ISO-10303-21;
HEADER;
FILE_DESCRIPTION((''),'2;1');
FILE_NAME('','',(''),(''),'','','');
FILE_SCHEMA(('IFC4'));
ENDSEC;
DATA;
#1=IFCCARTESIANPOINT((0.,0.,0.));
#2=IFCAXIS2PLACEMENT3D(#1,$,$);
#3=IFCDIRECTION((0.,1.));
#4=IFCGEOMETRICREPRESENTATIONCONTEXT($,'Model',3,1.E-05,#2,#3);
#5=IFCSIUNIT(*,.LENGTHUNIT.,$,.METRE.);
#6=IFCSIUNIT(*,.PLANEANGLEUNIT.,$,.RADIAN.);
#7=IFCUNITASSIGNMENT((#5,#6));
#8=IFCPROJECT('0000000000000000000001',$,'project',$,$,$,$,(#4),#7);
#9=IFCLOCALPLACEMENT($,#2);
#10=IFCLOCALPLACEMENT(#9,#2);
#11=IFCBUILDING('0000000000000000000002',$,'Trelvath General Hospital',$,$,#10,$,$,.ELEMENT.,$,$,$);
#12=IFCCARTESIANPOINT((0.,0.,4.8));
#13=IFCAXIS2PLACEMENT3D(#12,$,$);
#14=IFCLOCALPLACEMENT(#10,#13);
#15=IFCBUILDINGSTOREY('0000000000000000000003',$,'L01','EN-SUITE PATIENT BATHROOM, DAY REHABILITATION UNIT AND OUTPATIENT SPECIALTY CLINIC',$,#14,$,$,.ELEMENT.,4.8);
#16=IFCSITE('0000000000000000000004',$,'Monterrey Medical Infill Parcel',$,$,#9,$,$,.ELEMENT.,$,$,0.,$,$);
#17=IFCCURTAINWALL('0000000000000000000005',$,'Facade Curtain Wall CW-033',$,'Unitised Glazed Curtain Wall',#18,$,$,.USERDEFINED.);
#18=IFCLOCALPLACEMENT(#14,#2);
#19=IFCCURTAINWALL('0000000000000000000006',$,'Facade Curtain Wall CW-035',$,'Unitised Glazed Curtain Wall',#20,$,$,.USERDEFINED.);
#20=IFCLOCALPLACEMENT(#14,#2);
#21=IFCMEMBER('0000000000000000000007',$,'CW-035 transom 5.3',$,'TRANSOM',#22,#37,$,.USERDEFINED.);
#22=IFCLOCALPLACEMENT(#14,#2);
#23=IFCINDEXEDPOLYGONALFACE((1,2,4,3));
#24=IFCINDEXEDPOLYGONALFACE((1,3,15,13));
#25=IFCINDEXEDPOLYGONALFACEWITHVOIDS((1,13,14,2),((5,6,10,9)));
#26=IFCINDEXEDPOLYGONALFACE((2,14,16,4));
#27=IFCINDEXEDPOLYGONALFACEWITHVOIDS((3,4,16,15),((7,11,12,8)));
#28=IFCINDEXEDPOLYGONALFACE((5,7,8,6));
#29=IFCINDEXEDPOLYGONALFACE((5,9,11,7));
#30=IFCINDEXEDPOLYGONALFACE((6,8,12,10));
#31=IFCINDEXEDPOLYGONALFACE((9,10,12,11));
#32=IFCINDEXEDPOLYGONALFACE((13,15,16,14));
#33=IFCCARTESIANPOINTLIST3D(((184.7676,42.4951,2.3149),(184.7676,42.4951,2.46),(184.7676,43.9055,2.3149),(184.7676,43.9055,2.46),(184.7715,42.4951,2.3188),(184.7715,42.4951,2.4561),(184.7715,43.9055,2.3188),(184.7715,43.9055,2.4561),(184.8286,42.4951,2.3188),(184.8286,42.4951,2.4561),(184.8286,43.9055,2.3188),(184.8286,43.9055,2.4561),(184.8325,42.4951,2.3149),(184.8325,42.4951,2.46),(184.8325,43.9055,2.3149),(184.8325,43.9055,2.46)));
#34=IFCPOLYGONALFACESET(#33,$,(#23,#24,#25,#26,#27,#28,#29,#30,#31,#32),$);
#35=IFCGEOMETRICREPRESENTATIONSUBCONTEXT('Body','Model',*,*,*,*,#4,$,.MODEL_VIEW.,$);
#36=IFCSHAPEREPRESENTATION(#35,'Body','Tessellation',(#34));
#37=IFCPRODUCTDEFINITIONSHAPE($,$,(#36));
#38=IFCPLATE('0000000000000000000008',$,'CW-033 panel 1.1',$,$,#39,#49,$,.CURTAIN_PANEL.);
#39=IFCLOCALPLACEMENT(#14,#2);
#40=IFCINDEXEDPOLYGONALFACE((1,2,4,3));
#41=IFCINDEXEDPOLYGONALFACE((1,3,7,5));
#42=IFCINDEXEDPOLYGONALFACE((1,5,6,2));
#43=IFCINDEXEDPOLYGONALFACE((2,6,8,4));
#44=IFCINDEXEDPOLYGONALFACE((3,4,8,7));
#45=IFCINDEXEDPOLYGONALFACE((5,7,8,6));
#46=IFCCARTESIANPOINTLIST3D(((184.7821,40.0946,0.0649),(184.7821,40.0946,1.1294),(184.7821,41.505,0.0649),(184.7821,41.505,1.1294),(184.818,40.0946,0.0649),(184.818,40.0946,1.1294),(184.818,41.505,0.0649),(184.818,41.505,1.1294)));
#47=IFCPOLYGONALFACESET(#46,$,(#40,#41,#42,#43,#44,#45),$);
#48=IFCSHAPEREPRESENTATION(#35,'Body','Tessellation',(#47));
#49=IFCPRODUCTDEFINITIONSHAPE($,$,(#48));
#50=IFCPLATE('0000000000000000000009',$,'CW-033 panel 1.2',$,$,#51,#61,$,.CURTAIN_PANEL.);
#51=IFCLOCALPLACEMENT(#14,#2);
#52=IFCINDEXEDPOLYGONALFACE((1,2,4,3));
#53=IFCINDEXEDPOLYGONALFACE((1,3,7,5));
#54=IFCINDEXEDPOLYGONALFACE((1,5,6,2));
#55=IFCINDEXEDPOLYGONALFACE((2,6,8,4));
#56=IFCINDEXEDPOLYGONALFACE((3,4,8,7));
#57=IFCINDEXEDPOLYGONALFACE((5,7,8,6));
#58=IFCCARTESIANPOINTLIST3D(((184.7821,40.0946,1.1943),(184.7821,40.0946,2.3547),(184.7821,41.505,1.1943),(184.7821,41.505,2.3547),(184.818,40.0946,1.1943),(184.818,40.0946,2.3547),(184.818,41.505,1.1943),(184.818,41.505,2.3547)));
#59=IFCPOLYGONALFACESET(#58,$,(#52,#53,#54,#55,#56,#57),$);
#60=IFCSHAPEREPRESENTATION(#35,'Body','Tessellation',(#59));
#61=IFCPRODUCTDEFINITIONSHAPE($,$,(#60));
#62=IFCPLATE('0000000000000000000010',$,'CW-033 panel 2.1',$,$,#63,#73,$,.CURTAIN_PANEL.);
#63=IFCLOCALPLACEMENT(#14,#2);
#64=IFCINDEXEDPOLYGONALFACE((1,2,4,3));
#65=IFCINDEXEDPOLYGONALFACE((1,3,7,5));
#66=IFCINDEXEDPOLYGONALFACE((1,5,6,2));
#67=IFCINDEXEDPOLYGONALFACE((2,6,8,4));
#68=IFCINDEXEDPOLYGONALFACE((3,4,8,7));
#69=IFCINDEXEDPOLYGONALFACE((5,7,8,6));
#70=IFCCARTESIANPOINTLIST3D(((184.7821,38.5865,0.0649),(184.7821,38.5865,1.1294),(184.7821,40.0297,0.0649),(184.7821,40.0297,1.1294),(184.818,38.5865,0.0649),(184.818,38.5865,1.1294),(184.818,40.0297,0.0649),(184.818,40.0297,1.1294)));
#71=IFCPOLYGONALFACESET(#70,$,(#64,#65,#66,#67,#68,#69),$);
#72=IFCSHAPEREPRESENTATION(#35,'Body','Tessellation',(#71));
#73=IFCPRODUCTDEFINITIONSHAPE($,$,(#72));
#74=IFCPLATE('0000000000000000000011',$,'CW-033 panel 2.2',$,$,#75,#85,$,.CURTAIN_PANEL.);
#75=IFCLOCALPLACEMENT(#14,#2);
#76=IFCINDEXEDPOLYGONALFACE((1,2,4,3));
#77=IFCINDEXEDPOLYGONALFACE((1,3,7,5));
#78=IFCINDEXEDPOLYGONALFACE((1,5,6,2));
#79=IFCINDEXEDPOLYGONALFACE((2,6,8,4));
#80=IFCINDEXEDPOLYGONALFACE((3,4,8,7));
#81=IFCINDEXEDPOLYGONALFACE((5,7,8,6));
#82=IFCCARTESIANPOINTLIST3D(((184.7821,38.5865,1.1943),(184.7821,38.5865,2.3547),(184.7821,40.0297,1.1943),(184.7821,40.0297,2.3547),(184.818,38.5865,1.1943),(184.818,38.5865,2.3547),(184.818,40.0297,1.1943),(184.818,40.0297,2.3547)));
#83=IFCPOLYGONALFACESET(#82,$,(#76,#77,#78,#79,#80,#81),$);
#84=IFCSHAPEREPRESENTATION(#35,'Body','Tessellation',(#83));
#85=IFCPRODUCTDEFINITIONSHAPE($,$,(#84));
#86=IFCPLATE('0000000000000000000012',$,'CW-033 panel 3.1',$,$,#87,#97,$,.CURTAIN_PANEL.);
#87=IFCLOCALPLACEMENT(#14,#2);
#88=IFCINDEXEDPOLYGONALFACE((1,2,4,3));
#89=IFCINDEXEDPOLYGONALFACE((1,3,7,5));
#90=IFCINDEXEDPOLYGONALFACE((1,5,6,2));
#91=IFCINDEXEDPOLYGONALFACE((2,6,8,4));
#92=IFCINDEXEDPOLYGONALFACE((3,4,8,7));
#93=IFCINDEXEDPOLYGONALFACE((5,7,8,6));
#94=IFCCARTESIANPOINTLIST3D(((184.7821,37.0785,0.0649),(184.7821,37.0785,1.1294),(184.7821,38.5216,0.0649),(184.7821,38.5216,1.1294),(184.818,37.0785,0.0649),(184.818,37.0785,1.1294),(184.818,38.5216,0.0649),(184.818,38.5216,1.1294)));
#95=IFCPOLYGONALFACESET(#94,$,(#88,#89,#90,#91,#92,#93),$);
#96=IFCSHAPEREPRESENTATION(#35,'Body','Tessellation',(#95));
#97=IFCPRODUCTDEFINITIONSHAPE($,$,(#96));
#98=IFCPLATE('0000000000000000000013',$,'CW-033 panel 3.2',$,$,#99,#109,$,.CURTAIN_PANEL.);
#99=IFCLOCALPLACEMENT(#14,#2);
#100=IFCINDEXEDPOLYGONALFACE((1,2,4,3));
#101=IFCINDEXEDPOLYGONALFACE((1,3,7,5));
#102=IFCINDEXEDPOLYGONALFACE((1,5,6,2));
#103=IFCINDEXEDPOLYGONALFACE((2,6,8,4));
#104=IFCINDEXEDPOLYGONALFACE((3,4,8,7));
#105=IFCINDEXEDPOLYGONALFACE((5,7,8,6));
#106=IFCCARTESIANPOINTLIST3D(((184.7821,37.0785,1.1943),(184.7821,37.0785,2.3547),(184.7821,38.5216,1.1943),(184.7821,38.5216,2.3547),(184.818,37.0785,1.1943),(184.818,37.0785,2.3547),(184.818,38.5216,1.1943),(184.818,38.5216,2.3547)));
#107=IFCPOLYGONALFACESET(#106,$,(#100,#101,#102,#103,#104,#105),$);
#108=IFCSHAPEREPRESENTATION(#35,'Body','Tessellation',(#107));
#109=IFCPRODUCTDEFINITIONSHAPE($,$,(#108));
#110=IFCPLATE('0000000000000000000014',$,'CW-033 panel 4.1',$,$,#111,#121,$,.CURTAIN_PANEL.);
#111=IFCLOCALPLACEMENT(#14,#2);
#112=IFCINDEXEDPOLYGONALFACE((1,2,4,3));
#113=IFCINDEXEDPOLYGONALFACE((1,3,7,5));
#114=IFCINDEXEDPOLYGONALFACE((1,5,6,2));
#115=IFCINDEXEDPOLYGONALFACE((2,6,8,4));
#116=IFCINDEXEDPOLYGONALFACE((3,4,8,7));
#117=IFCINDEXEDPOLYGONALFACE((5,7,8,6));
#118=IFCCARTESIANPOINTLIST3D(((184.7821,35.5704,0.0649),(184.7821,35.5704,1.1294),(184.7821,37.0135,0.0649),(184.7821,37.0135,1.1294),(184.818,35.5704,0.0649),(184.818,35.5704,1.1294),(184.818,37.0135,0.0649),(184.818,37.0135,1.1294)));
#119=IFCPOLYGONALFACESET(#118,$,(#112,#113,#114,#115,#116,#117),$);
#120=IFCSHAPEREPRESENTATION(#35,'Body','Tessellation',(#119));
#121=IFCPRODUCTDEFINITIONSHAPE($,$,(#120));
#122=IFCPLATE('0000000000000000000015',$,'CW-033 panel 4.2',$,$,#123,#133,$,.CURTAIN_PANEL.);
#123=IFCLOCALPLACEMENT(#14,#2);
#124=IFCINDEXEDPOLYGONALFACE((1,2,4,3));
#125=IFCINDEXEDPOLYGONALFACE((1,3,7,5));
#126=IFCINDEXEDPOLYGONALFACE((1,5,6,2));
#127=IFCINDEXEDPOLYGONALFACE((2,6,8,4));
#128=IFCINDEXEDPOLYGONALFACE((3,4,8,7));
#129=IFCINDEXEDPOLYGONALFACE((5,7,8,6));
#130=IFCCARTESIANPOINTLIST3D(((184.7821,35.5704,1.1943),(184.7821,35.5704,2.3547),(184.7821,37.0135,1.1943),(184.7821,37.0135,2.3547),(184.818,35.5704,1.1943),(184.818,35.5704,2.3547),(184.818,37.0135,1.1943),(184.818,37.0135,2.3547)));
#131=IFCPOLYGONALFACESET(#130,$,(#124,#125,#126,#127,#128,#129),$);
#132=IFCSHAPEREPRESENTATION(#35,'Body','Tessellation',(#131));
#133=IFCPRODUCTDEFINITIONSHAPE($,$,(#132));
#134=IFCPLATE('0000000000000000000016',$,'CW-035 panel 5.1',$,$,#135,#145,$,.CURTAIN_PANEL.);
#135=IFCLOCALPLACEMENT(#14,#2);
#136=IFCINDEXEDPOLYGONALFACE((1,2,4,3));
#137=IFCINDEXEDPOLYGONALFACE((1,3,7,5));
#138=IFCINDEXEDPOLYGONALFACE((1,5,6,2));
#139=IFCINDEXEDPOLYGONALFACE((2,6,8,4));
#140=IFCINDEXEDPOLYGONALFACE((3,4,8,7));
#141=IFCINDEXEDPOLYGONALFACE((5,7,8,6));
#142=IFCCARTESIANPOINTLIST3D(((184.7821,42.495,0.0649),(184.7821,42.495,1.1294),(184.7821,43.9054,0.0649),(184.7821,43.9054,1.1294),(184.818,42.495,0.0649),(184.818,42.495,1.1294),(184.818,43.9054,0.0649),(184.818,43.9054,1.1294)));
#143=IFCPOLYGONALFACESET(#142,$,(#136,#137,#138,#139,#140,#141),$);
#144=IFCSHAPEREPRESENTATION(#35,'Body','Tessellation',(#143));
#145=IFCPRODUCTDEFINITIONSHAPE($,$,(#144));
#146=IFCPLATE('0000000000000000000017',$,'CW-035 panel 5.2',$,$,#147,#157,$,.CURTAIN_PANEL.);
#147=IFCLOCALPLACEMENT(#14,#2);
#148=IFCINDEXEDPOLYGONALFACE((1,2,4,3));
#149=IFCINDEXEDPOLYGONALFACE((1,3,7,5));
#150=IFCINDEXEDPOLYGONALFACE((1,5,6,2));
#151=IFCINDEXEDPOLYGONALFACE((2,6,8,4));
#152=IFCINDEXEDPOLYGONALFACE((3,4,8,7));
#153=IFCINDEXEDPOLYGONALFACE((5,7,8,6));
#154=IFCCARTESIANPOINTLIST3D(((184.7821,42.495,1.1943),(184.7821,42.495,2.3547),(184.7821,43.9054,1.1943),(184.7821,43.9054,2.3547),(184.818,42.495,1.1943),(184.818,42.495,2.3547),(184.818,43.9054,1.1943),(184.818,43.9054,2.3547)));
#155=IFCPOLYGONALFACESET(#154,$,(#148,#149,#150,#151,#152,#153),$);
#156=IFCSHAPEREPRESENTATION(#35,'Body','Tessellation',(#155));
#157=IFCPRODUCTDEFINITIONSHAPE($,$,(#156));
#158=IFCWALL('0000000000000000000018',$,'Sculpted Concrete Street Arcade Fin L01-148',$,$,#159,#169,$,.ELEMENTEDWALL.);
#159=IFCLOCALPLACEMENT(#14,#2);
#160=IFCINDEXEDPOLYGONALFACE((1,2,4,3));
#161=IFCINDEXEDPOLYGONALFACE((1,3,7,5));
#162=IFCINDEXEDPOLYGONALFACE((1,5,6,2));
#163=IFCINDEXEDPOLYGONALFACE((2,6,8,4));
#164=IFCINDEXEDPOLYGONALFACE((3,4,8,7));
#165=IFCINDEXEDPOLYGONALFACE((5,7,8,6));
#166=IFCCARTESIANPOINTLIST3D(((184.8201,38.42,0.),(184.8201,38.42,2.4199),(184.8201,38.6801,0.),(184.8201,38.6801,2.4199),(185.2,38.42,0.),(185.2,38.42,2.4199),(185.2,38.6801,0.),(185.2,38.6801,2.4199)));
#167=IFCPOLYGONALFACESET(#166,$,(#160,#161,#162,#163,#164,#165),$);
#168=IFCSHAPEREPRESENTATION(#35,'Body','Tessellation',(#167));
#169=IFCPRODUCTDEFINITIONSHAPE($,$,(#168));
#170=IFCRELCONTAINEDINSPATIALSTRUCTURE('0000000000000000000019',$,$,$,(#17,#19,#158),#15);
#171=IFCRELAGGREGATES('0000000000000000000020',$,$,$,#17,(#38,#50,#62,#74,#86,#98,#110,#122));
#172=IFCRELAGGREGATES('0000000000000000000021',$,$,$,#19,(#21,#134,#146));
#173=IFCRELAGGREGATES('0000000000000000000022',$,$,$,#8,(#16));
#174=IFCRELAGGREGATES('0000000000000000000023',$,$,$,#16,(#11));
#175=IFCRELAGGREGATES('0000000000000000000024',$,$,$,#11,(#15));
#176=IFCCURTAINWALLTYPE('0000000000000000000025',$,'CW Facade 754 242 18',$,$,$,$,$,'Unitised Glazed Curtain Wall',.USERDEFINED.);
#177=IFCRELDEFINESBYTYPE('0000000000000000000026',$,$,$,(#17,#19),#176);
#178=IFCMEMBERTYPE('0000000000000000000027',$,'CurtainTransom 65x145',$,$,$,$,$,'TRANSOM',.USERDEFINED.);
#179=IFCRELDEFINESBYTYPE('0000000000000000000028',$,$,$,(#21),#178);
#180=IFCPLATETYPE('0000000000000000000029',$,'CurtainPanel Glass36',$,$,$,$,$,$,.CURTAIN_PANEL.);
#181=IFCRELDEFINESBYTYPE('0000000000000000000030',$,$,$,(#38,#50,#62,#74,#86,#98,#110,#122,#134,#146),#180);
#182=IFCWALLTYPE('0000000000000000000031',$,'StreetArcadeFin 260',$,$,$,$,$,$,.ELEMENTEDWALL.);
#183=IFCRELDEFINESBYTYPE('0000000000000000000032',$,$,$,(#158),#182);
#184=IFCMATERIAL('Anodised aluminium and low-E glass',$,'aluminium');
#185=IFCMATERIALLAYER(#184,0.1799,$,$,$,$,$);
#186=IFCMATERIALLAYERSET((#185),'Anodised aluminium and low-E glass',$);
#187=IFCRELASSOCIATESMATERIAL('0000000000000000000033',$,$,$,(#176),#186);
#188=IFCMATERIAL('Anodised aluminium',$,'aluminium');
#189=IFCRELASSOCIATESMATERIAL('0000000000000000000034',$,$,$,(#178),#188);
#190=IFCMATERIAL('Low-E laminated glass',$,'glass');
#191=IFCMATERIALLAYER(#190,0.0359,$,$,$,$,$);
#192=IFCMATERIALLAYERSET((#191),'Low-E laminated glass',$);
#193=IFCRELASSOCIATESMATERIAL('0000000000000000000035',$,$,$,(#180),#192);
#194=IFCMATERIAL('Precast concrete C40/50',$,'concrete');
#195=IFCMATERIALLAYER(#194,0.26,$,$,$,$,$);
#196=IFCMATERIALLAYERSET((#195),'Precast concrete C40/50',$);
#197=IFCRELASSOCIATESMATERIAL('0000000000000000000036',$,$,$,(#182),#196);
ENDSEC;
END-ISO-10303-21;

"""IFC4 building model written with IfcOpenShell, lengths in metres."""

from ifc_helpers import new_model, si_unit, direction, frame, frame_2d, origin, origin_2d, place, context, subcontext, project, spatial, rectangle, hollow_rectangle, extrude, material, layer, layer_set, material_profile, profile_set, type_object, element, aggregate, save


model = new_model("IFC4")

# Units and contexts
model_context = context("Model", 3, precision=1e-05, world=origin(), true_north=direction((0.0, 1.0)))
body_context = subcontext(model_context, "Body", "Model", "MODEL_VIEW")
ifc_project = project(units=[si_unit("LENGTHUNIT", "METRE"), si_unit("PLANEANGLEUNIT", "RADIAN")], contexts=[model_context])

# Site, building, storey
site_placement = place(None, origin())
site = spatial("IfcSite", under=ifc_project, at=site_placement, Name="Monterrey Medical Infill Parcel", CompositionType="ELEMENT", RefElevation=0.0)
building_placement = place(site_placement, origin())
building = spatial("IfcBuilding", under=site, at=building_placement, Name="Trelvath General Hospital", CompositionType="ELEMENT")
storey_placement = place(building_placement, frame((0.0, 0.0, 4.8)))
storey = spatial("IfcBuildingStorey", under=building, at=storey_placement, Name="L01", Description="EN-SUITE PATIENT BATHROOM, DAY REHABILITATION UNIT AND OUTPATIENT SPECIALTY CLINIC", CompositionType="ELEMENT", Elevation=4.8)

# Curtain walls
ifc_material_1 = material(Name="Anodised aluminium and low-E glass", Category="aluminium")
ifc_layer_1 = layer(ifc_material_1, 0.1799)
ifc_layer_set_1 = layer_set([ifc_layer_1], Name="Anodised aluminium and low-E glass")
curtain_wall_type = type_object("IfcCurtainWallType", Name="CW Facade 754 242 18", ElementType="Unitised Glazed Curtain Wall", PredefinedType="USERDEFINED", material=ifc_layer_set_1)
curtain_wall_1_placement = place(storey_placement, origin())
curtain_wall_1 = element("IfcCurtainWall", 1, at=curtain_wall_1_placement, inside=storey, type_object=curtain_wall_type, Name="Facade Curtain Wall CW-033", ObjectType="Unitised Glazed Curtain Wall", PredefinedType="USERDEFINED")
curtain_wall_2_placement = place(storey_placement, origin())
curtain_wall_2 = element("IfcCurtainWall", 2, at=curtain_wall_2_placement, inside=storey, type_object=curtain_wall_type, Name="Facade Curtain Wall CW-035", ObjectType="Unitised Glazed Curtain Wall", PredefinedType="USERDEFINED")

# Member
ifc_material_2 = material(Name="Anodised aluminium", Category="aluminium")
ifc_material_profile_1 = material_profile(ifc_material_2, hollow_rectangle(XDim=0.0649, YDim=0.145, WallThickness=0.0039, at=origin_2d()), Name="RHS65x145x4")
ifc_profile_set_1 = profile_set([ifc_material_profile_1], Name="Anodised aluminium")
member_type_1 = type_object("IfcMemberType", Name="CurtainTransom 65x145", ElementType="TRANSOM", PredefinedType="USERDEFINED", material=ifc_profile_set_1)
member_1_placement = place(storey_placement, frame((184.8, 43.9055, 2.3875), z_axis=(0.0, -1.0, 0.0), x_axis=(1.0, 0.0, 0.0)))
member_1 = element("IfcMember", 3, at=member_1_placement, type_object=member_type_1, Name="CW-035 transom 5.3", ObjectType="TRANSOM", PredefinedType="USERDEFINED", context=body_context, shape_type="SweptSolid", body=[
    extrude(hollow_rectangle(XDim=0.0649, YDim=0.145, WallThickness=0.0039, at=origin_2d()), origin(), (0.0, 0.0, 1.0), 1.4104),
])

# Plates
ifc_material_3 = material(Name="Low-E laminated glass", Category="glass")
ifc_layer_2 = layer(ifc_material_3, 0.0359)
ifc_layer_set_2 = layer_set([ifc_layer_2], Name="Low-E laminated glass")
plate_type = type_object("IfcPlateType", Name="CurtainPanel Glass36", PredefinedType="CURTAIN_PANEL", material=ifc_layer_set_2)
plate_1_placement = place(storey_placement, frame((184.8, 40.7998, 0.0649), z_axis=(0.0, 0.0, 1.0), x_axis=(0.0, -1.0, 0.0)))
plate_1 = element("IfcPlate", 4, at=plate_1_placement, type_object=plate_type, Name="CW-033 panel 1.1", PredefinedType="CURTAIN_PANEL", context=body_context, shape_type="SweptSolid", body=[
    extrude(rectangle(XDim=1.4104, YDim=0.0359, at=origin_2d()), origin(), (0.0, 0.0, 1.0), 1.0645),
])
plate_2_placement = place(storey_placement, frame((184.8, 40.7998, 1.1943), z_axis=(0.0, 0.0, 1.0), x_axis=(0.0, -1.0, 0.0)))
plate_2 = element("IfcPlate", 5, at=plate_2_placement, type_object=plate_type, Name="CW-033 panel 1.2", PredefinedType="CURTAIN_PANEL", context=body_context, shape_type="SweptSolid", body=[
    extrude(rectangle(XDim=1.4104, YDim=0.0359, at=origin_2d()), origin(), (0.0, 0.0, 1.0), 1.1604),
])
plate_3_placement = place(storey_placement, frame((184.8, 39.3081, 0.0649), z_axis=(0.0, 0.0, 1.0), x_axis=(0.0, -1.0, 0.0)))
plate_3 = element("IfcPlate", 6, at=plate_3_placement, type_object=plate_type, Name="CW-033 panel 2.1", PredefinedType="CURTAIN_PANEL", context=body_context, shape_type="SweptSolid", body=[
    extrude(rectangle(XDim=1.4431, YDim=0.0359, at=origin_2d()), origin(), (0.0, 0.0, 1.0), 1.0645),
])
plate_4_placement = place(storey_placement, frame((184.8, 39.3081, 1.1943), z_axis=(0.0, 0.0, 1.0), x_axis=(0.0, -1.0, 0.0)))
plate_4 = element("IfcPlate", 7, at=plate_4_placement, type_object=plate_type, Name="CW-033 panel 2.2", PredefinedType="CURTAIN_PANEL", context=body_context, shape_type="SweptSolid", body=[
    extrude(rectangle(XDim=1.4431, YDim=0.0359, at=origin_2d()), origin(), (0.0, 0.0, 1.0), 1.1604),
])
plate_5_placement = place(storey_placement, frame((184.8, 37.8, 0.0649), z_axis=(0.0, 0.0, 1.0), x_axis=(0.0, -1.0, 0.0)))
plate_5 = element("IfcPlate", 8, at=plate_5_placement, type_object=plate_type, Name="CW-033 panel 3.1", PredefinedType="CURTAIN_PANEL", context=body_context, shape_type="SweptSolid", body=[
    extrude(rectangle(XDim=1.4431, YDim=0.0359, at=origin_2d()), origin(), (0.0, 0.0, 1.0), 1.0645),
])
plate_6_placement = place(storey_placement, frame((184.8, 37.8, 1.1943), z_axis=(0.0, 0.0, 1.0), x_axis=(0.0, -1.0, 0.0)))
plate_6 = element("IfcPlate", 9, at=plate_6_placement, type_object=plate_type, Name="CW-033 panel 3.2", PredefinedType="CURTAIN_PANEL", context=body_context, shape_type="SweptSolid", body=[
    extrude(rectangle(XDim=1.4431, YDim=0.0359, at=origin_2d()), origin(), (0.0, 0.0, 1.0), 1.1604),
])
plate_7_placement = place(storey_placement, frame((184.8, 36.292, 0.0649), z_axis=(0.0, 0.0, 1.0), x_axis=(0.0, -1.0, 0.0)))
plate_7 = element("IfcPlate", 10, at=plate_7_placement, type_object=plate_type, Name="CW-033 panel 4.1", PredefinedType="CURTAIN_PANEL", context=body_context, shape_type="SweptSolid", body=[
    extrude(rectangle(XDim=1.4431, YDim=0.0359, at=origin_2d()), origin(), (0.0, 0.0, 1.0), 1.0645),
])
plate_8_placement = place(storey_placement, frame((184.8, 36.292, 1.1943), z_axis=(0.0, 0.0, 1.0), x_axis=(0.0, -1.0, 0.0)))
plate_8 = element("IfcPlate", 11, at=plate_8_placement, type_object=plate_type, Name="CW-033 panel 4.2", PredefinedType="CURTAIN_PANEL", context=body_context, shape_type="SweptSolid", body=[
    extrude(rectangle(XDim=1.4431, YDim=0.0359, at=origin_2d()), origin(), (0.0, 0.0, 1.0), 1.1604),
])
aggregate(curtain_wall_1, [plate_1, plate_2, plate_3, plate_4, plate_5, plate_6, plate_7, plate_8])
plate_9_placement = place(storey_placement, frame((184.8, 43.2002, 0.0649), z_axis=(0.0, 0.0, 1.0), x_axis=(0.0, -1.0, 0.0)))
plate_9 = element("IfcPlate", 12, at=plate_9_placement, type_object=plate_type, Name="CW-035 panel 5.1", PredefinedType="CURTAIN_PANEL", context=body_context, shape_type="SweptSolid", body=[
    extrude(rectangle(XDim=1.4104, YDim=0.0359, at=origin_2d()), origin(), (0.0, 0.0, 1.0), 1.0645),
])
plate_10_placement = place(storey_placement, frame((184.8, 43.2002, 1.1943), z_axis=(0.0, 0.0, 1.0), x_axis=(0.0, -1.0, 0.0)))
plate_10 = element("IfcPlate", 13, at=plate_10_placement, type_object=plate_type, Name="CW-035 panel 5.2", PredefinedType="CURTAIN_PANEL", context=body_context, shape_type="SweptSolid", body=[
    extrude(rectangle(XDim=1.4104, YDim=0.0359, at=origin_2d()), origin(), (0.0, 0.0, 1.0), 1.1604),
])
aggregate(curtain_wall_2, [member_1, plate_9, plate_10])

# Wall
ifc_material_4 = material(Name="Precast concrete C40/50", Category="concrete")
ifc_layer_3 = layer(ifc_material_4, 0.26)
ifc_layer_set_3 = layer_set([ifc_layer_3], Name="Precast concrete C40/50")
wall_type = type_object("IfcWallType", Name="StreetArcadeFin 260", PredefinedType="ELEMENTEDWALL", material=ifc_layer_set_3)
wall_placement = place(storey_placement, frame((184.8201, 38.55, 0.0), z_axis=(0.0, 0.0, 1.0), x_axis=(1.0, 0.0, 0.0)))
element("IfcWall", 14, at=wall_placement, inside=storey, type_object=wall_type, Name="Sculpted Concrete Street Arcade Fin L01-148", PredefinedType="ELEMENTEDWALL", context=body_context, shape_type="SweptSolid", body=[
    extrude(rectangle(XDim=0.3799, YDim=0.26, at=frame_2d((0.1899, 0.0))), origin(), (0.0, 0.0, 1.0), 2.4199),
])

save(model, "model.ifc")
